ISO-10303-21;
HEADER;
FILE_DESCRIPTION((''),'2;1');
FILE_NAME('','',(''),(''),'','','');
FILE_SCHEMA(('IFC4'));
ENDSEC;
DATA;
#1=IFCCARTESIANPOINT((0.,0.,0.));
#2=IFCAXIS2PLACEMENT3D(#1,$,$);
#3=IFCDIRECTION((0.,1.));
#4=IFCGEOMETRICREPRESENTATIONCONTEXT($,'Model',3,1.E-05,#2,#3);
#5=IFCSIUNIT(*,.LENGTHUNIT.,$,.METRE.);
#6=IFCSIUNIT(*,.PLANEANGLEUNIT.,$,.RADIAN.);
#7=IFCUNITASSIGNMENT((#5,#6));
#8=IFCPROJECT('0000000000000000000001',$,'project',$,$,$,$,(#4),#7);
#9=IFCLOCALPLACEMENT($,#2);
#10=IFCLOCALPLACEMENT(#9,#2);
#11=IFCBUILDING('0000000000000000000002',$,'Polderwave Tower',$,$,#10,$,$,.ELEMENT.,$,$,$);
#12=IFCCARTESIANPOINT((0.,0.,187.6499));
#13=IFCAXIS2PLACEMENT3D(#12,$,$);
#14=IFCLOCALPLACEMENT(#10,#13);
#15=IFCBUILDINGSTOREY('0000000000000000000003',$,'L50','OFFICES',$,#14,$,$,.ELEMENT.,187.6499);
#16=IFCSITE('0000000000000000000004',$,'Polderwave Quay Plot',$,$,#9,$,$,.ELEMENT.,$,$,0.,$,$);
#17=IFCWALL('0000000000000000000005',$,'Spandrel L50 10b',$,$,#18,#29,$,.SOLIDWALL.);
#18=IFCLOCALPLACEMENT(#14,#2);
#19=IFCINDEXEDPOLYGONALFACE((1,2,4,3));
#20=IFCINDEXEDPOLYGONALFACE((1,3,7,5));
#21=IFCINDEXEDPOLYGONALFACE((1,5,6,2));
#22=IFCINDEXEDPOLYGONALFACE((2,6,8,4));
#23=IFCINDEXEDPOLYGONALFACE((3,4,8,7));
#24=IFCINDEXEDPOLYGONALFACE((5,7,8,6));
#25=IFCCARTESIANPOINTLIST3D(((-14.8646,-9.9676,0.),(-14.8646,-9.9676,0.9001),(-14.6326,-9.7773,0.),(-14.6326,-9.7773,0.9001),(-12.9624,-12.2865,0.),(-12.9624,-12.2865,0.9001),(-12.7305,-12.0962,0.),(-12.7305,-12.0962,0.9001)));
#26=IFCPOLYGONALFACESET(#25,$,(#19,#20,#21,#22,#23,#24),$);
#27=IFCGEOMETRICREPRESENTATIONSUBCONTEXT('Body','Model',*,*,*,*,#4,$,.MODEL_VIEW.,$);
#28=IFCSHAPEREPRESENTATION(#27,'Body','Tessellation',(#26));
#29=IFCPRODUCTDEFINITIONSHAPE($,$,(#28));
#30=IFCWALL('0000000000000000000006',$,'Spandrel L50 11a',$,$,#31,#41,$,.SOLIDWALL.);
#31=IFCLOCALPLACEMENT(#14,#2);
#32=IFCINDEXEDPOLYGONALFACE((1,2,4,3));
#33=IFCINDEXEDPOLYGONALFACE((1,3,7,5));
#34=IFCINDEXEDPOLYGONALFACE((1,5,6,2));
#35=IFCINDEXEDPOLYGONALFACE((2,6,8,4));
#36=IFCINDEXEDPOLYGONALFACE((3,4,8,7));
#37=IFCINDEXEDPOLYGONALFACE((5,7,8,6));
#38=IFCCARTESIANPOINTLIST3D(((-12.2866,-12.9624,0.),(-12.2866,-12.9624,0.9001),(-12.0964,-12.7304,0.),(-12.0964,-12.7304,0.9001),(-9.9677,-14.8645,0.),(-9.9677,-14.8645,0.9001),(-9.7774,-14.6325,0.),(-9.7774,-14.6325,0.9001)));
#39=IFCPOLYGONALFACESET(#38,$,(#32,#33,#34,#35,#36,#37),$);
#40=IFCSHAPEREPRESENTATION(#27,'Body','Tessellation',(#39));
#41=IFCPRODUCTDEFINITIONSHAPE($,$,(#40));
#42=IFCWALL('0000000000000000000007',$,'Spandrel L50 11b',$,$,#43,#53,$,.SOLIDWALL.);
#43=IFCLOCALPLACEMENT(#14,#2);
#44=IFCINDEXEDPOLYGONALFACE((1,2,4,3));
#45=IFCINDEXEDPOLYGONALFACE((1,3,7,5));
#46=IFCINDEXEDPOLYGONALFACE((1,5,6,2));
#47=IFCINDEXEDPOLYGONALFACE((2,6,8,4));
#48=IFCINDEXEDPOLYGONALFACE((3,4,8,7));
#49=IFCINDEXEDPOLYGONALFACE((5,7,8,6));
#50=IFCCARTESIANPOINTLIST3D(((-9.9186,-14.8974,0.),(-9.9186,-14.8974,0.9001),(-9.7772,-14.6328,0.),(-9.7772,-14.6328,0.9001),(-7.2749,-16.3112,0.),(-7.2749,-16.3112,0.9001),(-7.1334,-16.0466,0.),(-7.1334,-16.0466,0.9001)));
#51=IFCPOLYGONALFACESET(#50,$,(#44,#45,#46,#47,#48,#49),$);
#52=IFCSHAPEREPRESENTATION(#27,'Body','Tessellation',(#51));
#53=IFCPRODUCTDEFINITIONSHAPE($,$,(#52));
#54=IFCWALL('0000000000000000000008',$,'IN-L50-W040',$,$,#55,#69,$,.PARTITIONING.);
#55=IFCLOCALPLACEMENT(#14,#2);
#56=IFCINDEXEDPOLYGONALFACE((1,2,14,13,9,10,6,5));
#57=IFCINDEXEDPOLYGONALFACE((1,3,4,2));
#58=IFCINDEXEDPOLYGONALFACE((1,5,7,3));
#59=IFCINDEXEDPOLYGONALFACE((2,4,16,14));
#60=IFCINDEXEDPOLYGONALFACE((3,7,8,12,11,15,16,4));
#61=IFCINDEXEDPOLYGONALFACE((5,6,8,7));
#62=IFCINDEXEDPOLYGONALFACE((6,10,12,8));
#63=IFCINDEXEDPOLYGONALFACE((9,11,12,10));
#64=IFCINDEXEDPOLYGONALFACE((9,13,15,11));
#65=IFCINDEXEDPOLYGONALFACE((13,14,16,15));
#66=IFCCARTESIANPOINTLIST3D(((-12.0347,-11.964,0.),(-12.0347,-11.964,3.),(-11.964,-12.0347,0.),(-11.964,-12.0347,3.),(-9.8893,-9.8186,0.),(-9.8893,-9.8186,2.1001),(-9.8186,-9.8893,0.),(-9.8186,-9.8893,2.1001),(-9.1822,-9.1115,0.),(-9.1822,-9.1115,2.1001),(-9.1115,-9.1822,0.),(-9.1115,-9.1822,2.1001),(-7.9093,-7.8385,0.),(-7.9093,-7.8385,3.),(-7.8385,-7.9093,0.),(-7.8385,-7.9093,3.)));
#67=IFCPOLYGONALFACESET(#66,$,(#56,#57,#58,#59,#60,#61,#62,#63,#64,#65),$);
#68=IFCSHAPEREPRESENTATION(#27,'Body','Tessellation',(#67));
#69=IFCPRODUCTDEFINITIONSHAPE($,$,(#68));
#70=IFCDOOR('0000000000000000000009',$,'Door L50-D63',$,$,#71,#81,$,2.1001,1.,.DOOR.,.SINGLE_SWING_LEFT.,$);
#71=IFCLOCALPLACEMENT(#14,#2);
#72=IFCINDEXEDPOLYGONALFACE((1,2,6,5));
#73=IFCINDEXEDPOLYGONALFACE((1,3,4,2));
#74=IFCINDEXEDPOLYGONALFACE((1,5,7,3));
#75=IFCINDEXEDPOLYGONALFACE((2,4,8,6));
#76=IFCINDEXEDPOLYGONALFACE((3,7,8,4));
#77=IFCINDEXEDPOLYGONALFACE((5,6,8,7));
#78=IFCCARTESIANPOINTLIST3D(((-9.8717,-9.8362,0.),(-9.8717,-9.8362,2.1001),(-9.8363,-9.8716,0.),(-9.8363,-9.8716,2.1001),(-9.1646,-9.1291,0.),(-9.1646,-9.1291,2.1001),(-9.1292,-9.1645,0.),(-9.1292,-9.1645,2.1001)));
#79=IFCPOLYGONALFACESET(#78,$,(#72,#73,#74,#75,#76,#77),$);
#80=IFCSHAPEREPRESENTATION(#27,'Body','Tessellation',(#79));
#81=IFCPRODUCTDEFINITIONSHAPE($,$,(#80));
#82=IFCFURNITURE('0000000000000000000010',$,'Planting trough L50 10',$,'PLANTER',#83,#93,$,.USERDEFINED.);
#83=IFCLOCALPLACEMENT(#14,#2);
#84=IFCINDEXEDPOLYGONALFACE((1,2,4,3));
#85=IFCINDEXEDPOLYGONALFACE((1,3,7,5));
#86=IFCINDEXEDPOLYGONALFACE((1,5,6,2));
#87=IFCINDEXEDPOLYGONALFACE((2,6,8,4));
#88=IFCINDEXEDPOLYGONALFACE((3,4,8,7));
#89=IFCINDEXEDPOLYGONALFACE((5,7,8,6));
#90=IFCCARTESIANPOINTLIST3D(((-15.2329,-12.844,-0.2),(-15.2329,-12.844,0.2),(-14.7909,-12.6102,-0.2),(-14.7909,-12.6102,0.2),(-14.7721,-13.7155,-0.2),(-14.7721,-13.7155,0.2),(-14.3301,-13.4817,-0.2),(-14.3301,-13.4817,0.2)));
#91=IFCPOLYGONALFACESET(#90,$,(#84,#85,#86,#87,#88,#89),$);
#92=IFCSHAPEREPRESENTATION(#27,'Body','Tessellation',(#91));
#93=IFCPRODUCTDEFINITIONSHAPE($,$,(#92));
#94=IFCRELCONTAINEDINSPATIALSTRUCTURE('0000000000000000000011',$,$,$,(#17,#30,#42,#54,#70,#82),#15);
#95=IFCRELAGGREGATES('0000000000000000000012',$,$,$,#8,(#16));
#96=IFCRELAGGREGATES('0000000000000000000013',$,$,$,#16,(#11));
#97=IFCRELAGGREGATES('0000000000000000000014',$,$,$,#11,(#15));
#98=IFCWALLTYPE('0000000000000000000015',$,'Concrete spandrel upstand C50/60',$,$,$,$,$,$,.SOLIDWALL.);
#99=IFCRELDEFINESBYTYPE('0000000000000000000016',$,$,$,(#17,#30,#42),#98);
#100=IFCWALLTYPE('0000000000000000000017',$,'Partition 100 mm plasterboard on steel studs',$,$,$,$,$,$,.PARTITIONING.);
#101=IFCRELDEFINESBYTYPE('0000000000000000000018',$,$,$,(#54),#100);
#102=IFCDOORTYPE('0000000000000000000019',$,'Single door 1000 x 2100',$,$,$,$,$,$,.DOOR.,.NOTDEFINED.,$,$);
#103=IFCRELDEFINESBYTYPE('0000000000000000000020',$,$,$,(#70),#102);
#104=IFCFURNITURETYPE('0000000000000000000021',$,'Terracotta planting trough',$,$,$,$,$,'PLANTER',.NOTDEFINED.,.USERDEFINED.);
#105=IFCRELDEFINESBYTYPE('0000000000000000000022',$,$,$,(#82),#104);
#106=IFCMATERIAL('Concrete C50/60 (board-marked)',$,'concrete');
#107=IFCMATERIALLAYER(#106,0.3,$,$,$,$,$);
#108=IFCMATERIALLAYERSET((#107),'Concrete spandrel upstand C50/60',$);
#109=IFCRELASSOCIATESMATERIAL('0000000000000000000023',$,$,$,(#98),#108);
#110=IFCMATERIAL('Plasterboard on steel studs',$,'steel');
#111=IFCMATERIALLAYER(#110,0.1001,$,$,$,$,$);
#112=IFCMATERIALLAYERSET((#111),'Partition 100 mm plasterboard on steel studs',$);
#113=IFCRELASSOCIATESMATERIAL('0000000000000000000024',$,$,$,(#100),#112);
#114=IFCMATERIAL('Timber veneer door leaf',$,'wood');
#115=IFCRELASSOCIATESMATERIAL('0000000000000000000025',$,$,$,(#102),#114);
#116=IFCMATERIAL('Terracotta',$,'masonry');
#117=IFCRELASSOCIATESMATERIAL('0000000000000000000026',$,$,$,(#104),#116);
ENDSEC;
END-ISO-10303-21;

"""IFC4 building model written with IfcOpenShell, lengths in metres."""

from ifc_helpers import new_model, si_unit, direction, frame, frame_2d, origin, origin_2d, place, context, subcontext, project, spatial, rectangle, extrude, material, layer, layer_set, type_object, element, fill, save


model = new_model("IFC4")

# Units and contexts
model_context = context("Model", 3, precision=1e-05, world=origin(), true_north=direction((0.0, 1.0)))
body_context = subcontext(model_context, "Body", "Model", "MODEL_VIEW")
ifc_project = project(units=[si_unit("LENGTHUNIT", "METRE"), si_unit("PLANEANGLEUNIT", "RADIAN")], contexts=[model_context])

# Site, building, storey
site_placement = place(None, origin())
site = spatial("IfcSite", under=ifc_project, at=site_placement, Name="Polderwave Quay Plot", CompositionType="ELEMENT", RefElevation=0.0)
building_placement = place(site_placement, origin())
building = spatial("IfcBuilding", under=site, at=building_placement, Name="Polderwave Tower", CompositionType="ELEMENT")
storey_placement = place(building_placement, frame((0.0, 0.0, 187.6499)))
storey = spatial("IfcBuildingStorey", under=building, at=storey_placement, Name="L50", Description="OFFICES", CompositionType="ELEMENT", Elevation=187.6499)

# Walls
ifc_material_1 = material(Name="Concrete C50/60 (board-marked)", Category="concrete")
ifc_layer_1 = layer(ifc_material_1, 0.3)
ifc_layer_set_1 = layer_set([ifc_layer_1], Name="Concrete spandrel upstand C50/60")
wall_type_1 = type_object("IfcWallType", Name="Concrete spandrel upstand C50/60", PredefinedType="SOLIDWALL", material=ifc_layer_set_1)
for number, where, z_axis, x_axis, name in (
    (1, (-14.7485, -9.8726, 0.0), (0.0, 0.0, 1.0), (0.634208, -0.773162, 0.0), "Spandrel L50 10b"),
    (2, (-12.1914, -12.8464, 0.0), (0.0, 0.0, 1.0), (0.773162, -0.634208, 0.0), "Spandrel L50 11a"),
):
    element("IfcWall", number, at=place(storey_placement, frame(where, z_axis=z_axis, x_axis=x_axis)), inside=storey, type_object=wall_type_1, Name=name, PredefinedType="SOLIDWALL", context=body_context, shape_type="SweptSolid", body=[
        extrude(rectangle(XDim=2.9993, YDim=0.3, at=frame_2d((1.4995, 0.0))), origin(), (0.0, 0.0, 1.0), 0.9001),
    ])
wall_1_placement = place(storey_placement, frame((-9.8479, -14.7651, 0.0), z_axis=(0.0, 0.0, 1.0), x_axis=(0.881827, -0.471573, 0.0)))
element("IfcWall", 3, at=wall_1_placement, inside=storey, type_object=wall_type_1, Name="Spandrel L50 11b", PredefinedType="SOLIDWALL", context=body_context, shape_type="SweptSolid", body=[
    extrude(rectangle(XDim=2.998, YDim=0.3, at=frame_2d((1.499, 0.0))), origin(), (0.0, 0.0, 1.0), 0.9001),
])

# Wall, opening, door
ifc_material_2 = material(Name="Plasterboard on steel studs", Category="steel")
ifc_layer_2 = layer(ifc_material_2, 0.1001)
ifc_layer_set_2 = layer_set([ifc_layer_2], Name="Partition 100 mm plasterboard on steel studs")
wall_type_2 = type_object("IfcWallType", Name="Partition 100 mm plasterboard on steel studs", PredefinedType="PARTITIONING", material=ifc_layer_set_2)
wall_2_placement = place(storey_placement, frame((-7.874, -7.874, 0.0), z_axis=(0.0, 0.0, 1.0), x_axis=(-0.707107, -0.707107, 0.0)))
wall_2 = element("IfcWall", 4, at=wall_2_placement, inside=storey, type_object=wall_type_2, Name="IN-L50-W040", PredefinedType="PARTITIONING", context=body_context, shape_type="SweptSolid", body=[
    extrude(rectangle(XDim=5.8342, YDim=0.1001, at=frame_2d((2.917, 0.0))), origin(), (0.0, 0.0, 1.0), 3.0),
])
opening_placement = place(wall_2_placement, frame((1.8, 0.0, 0.0)))
opening = element("IfcOpeningElement", 5, at=opening_placement, cuts=wall_2, PredefinedType="OPENING", context=body_context, shape_type="SweptSolid", body=[
    extrude(rectangle(XDim=1.0, YDim=2.1001, at=frame_2d((0.5, 1.05))), frame((0.0, 0.0601, 0.0), z_axis=(0.0, -1.0, 0.0), x_axis=(1.0, 0.0, 0.0)), (0.0, 0.0, 1.0), 0.1201),
])
ifc_material_3 = material(Name="Timber veneer door leaf", Category="wood")
door_type = type_object("IfcDoorType", Name="Single door 1000 x 2100", OperationType="NOTDEFINED", PredefinedType="DOOR", material=ifc_material_3)
door_placement = place(opening_placement, origin())
door = element("IfcDoor", 6, at=door_placement, inside=storey, type_object=door_type, Name="Door L50-D63", OperationType="SINGLE_SWING_LEFT", OverallHeight=2.1001, OverallWidth=1.0, PredefinedType="DOOR", context=body_context, shape_type="SweptSolid", body=[
    extrude(rectangle(XDim=1.0, YDim=2.1001, at=frame_2d((0.5, 1.05))), frame((0.0, 0.0249, 0.0), z_axis=(0.0, -1.0, 0.0), x_axis=(1.0, 0.0, 0.0)), (0.0, 0.0, 1.0), 0.05),
])
fill(opening, door)

# Furniture
ifc_material_4 = material(Name="Terracotta", Category="masonry")
furniture_type = type_object("IfcFurnitureType", Name="Terracotta planting trough", ElementType="PLANTER", AssemblyPlace="NOTDEFINED", PredefinedType="USERDEFINED", material=ifc_material_4)
furniture_placement = place(storey_placement, frame((-14.7815, -13.1628, -0.2), z_axis=(0.0, 0.0, 1.0), x_axis=(0.467467, -0.884011, 0.0)))
element("IfcFurniture", 7, at=furniture_placement, inside=storey, type_object=furniture_type, Name="Planting trough L50 10", ObjectType="PLANTER", PredefinedType="USERDEFINED", context=body_context, shape_type="SweptSolid", body=[
    extrude(rectangle(XDim=0.9858, YDim=0.5, at=origin_2d()), origin(), (0.0, 0.0, 1.0), 0.3999),
])

save(model, "model.ifc")
